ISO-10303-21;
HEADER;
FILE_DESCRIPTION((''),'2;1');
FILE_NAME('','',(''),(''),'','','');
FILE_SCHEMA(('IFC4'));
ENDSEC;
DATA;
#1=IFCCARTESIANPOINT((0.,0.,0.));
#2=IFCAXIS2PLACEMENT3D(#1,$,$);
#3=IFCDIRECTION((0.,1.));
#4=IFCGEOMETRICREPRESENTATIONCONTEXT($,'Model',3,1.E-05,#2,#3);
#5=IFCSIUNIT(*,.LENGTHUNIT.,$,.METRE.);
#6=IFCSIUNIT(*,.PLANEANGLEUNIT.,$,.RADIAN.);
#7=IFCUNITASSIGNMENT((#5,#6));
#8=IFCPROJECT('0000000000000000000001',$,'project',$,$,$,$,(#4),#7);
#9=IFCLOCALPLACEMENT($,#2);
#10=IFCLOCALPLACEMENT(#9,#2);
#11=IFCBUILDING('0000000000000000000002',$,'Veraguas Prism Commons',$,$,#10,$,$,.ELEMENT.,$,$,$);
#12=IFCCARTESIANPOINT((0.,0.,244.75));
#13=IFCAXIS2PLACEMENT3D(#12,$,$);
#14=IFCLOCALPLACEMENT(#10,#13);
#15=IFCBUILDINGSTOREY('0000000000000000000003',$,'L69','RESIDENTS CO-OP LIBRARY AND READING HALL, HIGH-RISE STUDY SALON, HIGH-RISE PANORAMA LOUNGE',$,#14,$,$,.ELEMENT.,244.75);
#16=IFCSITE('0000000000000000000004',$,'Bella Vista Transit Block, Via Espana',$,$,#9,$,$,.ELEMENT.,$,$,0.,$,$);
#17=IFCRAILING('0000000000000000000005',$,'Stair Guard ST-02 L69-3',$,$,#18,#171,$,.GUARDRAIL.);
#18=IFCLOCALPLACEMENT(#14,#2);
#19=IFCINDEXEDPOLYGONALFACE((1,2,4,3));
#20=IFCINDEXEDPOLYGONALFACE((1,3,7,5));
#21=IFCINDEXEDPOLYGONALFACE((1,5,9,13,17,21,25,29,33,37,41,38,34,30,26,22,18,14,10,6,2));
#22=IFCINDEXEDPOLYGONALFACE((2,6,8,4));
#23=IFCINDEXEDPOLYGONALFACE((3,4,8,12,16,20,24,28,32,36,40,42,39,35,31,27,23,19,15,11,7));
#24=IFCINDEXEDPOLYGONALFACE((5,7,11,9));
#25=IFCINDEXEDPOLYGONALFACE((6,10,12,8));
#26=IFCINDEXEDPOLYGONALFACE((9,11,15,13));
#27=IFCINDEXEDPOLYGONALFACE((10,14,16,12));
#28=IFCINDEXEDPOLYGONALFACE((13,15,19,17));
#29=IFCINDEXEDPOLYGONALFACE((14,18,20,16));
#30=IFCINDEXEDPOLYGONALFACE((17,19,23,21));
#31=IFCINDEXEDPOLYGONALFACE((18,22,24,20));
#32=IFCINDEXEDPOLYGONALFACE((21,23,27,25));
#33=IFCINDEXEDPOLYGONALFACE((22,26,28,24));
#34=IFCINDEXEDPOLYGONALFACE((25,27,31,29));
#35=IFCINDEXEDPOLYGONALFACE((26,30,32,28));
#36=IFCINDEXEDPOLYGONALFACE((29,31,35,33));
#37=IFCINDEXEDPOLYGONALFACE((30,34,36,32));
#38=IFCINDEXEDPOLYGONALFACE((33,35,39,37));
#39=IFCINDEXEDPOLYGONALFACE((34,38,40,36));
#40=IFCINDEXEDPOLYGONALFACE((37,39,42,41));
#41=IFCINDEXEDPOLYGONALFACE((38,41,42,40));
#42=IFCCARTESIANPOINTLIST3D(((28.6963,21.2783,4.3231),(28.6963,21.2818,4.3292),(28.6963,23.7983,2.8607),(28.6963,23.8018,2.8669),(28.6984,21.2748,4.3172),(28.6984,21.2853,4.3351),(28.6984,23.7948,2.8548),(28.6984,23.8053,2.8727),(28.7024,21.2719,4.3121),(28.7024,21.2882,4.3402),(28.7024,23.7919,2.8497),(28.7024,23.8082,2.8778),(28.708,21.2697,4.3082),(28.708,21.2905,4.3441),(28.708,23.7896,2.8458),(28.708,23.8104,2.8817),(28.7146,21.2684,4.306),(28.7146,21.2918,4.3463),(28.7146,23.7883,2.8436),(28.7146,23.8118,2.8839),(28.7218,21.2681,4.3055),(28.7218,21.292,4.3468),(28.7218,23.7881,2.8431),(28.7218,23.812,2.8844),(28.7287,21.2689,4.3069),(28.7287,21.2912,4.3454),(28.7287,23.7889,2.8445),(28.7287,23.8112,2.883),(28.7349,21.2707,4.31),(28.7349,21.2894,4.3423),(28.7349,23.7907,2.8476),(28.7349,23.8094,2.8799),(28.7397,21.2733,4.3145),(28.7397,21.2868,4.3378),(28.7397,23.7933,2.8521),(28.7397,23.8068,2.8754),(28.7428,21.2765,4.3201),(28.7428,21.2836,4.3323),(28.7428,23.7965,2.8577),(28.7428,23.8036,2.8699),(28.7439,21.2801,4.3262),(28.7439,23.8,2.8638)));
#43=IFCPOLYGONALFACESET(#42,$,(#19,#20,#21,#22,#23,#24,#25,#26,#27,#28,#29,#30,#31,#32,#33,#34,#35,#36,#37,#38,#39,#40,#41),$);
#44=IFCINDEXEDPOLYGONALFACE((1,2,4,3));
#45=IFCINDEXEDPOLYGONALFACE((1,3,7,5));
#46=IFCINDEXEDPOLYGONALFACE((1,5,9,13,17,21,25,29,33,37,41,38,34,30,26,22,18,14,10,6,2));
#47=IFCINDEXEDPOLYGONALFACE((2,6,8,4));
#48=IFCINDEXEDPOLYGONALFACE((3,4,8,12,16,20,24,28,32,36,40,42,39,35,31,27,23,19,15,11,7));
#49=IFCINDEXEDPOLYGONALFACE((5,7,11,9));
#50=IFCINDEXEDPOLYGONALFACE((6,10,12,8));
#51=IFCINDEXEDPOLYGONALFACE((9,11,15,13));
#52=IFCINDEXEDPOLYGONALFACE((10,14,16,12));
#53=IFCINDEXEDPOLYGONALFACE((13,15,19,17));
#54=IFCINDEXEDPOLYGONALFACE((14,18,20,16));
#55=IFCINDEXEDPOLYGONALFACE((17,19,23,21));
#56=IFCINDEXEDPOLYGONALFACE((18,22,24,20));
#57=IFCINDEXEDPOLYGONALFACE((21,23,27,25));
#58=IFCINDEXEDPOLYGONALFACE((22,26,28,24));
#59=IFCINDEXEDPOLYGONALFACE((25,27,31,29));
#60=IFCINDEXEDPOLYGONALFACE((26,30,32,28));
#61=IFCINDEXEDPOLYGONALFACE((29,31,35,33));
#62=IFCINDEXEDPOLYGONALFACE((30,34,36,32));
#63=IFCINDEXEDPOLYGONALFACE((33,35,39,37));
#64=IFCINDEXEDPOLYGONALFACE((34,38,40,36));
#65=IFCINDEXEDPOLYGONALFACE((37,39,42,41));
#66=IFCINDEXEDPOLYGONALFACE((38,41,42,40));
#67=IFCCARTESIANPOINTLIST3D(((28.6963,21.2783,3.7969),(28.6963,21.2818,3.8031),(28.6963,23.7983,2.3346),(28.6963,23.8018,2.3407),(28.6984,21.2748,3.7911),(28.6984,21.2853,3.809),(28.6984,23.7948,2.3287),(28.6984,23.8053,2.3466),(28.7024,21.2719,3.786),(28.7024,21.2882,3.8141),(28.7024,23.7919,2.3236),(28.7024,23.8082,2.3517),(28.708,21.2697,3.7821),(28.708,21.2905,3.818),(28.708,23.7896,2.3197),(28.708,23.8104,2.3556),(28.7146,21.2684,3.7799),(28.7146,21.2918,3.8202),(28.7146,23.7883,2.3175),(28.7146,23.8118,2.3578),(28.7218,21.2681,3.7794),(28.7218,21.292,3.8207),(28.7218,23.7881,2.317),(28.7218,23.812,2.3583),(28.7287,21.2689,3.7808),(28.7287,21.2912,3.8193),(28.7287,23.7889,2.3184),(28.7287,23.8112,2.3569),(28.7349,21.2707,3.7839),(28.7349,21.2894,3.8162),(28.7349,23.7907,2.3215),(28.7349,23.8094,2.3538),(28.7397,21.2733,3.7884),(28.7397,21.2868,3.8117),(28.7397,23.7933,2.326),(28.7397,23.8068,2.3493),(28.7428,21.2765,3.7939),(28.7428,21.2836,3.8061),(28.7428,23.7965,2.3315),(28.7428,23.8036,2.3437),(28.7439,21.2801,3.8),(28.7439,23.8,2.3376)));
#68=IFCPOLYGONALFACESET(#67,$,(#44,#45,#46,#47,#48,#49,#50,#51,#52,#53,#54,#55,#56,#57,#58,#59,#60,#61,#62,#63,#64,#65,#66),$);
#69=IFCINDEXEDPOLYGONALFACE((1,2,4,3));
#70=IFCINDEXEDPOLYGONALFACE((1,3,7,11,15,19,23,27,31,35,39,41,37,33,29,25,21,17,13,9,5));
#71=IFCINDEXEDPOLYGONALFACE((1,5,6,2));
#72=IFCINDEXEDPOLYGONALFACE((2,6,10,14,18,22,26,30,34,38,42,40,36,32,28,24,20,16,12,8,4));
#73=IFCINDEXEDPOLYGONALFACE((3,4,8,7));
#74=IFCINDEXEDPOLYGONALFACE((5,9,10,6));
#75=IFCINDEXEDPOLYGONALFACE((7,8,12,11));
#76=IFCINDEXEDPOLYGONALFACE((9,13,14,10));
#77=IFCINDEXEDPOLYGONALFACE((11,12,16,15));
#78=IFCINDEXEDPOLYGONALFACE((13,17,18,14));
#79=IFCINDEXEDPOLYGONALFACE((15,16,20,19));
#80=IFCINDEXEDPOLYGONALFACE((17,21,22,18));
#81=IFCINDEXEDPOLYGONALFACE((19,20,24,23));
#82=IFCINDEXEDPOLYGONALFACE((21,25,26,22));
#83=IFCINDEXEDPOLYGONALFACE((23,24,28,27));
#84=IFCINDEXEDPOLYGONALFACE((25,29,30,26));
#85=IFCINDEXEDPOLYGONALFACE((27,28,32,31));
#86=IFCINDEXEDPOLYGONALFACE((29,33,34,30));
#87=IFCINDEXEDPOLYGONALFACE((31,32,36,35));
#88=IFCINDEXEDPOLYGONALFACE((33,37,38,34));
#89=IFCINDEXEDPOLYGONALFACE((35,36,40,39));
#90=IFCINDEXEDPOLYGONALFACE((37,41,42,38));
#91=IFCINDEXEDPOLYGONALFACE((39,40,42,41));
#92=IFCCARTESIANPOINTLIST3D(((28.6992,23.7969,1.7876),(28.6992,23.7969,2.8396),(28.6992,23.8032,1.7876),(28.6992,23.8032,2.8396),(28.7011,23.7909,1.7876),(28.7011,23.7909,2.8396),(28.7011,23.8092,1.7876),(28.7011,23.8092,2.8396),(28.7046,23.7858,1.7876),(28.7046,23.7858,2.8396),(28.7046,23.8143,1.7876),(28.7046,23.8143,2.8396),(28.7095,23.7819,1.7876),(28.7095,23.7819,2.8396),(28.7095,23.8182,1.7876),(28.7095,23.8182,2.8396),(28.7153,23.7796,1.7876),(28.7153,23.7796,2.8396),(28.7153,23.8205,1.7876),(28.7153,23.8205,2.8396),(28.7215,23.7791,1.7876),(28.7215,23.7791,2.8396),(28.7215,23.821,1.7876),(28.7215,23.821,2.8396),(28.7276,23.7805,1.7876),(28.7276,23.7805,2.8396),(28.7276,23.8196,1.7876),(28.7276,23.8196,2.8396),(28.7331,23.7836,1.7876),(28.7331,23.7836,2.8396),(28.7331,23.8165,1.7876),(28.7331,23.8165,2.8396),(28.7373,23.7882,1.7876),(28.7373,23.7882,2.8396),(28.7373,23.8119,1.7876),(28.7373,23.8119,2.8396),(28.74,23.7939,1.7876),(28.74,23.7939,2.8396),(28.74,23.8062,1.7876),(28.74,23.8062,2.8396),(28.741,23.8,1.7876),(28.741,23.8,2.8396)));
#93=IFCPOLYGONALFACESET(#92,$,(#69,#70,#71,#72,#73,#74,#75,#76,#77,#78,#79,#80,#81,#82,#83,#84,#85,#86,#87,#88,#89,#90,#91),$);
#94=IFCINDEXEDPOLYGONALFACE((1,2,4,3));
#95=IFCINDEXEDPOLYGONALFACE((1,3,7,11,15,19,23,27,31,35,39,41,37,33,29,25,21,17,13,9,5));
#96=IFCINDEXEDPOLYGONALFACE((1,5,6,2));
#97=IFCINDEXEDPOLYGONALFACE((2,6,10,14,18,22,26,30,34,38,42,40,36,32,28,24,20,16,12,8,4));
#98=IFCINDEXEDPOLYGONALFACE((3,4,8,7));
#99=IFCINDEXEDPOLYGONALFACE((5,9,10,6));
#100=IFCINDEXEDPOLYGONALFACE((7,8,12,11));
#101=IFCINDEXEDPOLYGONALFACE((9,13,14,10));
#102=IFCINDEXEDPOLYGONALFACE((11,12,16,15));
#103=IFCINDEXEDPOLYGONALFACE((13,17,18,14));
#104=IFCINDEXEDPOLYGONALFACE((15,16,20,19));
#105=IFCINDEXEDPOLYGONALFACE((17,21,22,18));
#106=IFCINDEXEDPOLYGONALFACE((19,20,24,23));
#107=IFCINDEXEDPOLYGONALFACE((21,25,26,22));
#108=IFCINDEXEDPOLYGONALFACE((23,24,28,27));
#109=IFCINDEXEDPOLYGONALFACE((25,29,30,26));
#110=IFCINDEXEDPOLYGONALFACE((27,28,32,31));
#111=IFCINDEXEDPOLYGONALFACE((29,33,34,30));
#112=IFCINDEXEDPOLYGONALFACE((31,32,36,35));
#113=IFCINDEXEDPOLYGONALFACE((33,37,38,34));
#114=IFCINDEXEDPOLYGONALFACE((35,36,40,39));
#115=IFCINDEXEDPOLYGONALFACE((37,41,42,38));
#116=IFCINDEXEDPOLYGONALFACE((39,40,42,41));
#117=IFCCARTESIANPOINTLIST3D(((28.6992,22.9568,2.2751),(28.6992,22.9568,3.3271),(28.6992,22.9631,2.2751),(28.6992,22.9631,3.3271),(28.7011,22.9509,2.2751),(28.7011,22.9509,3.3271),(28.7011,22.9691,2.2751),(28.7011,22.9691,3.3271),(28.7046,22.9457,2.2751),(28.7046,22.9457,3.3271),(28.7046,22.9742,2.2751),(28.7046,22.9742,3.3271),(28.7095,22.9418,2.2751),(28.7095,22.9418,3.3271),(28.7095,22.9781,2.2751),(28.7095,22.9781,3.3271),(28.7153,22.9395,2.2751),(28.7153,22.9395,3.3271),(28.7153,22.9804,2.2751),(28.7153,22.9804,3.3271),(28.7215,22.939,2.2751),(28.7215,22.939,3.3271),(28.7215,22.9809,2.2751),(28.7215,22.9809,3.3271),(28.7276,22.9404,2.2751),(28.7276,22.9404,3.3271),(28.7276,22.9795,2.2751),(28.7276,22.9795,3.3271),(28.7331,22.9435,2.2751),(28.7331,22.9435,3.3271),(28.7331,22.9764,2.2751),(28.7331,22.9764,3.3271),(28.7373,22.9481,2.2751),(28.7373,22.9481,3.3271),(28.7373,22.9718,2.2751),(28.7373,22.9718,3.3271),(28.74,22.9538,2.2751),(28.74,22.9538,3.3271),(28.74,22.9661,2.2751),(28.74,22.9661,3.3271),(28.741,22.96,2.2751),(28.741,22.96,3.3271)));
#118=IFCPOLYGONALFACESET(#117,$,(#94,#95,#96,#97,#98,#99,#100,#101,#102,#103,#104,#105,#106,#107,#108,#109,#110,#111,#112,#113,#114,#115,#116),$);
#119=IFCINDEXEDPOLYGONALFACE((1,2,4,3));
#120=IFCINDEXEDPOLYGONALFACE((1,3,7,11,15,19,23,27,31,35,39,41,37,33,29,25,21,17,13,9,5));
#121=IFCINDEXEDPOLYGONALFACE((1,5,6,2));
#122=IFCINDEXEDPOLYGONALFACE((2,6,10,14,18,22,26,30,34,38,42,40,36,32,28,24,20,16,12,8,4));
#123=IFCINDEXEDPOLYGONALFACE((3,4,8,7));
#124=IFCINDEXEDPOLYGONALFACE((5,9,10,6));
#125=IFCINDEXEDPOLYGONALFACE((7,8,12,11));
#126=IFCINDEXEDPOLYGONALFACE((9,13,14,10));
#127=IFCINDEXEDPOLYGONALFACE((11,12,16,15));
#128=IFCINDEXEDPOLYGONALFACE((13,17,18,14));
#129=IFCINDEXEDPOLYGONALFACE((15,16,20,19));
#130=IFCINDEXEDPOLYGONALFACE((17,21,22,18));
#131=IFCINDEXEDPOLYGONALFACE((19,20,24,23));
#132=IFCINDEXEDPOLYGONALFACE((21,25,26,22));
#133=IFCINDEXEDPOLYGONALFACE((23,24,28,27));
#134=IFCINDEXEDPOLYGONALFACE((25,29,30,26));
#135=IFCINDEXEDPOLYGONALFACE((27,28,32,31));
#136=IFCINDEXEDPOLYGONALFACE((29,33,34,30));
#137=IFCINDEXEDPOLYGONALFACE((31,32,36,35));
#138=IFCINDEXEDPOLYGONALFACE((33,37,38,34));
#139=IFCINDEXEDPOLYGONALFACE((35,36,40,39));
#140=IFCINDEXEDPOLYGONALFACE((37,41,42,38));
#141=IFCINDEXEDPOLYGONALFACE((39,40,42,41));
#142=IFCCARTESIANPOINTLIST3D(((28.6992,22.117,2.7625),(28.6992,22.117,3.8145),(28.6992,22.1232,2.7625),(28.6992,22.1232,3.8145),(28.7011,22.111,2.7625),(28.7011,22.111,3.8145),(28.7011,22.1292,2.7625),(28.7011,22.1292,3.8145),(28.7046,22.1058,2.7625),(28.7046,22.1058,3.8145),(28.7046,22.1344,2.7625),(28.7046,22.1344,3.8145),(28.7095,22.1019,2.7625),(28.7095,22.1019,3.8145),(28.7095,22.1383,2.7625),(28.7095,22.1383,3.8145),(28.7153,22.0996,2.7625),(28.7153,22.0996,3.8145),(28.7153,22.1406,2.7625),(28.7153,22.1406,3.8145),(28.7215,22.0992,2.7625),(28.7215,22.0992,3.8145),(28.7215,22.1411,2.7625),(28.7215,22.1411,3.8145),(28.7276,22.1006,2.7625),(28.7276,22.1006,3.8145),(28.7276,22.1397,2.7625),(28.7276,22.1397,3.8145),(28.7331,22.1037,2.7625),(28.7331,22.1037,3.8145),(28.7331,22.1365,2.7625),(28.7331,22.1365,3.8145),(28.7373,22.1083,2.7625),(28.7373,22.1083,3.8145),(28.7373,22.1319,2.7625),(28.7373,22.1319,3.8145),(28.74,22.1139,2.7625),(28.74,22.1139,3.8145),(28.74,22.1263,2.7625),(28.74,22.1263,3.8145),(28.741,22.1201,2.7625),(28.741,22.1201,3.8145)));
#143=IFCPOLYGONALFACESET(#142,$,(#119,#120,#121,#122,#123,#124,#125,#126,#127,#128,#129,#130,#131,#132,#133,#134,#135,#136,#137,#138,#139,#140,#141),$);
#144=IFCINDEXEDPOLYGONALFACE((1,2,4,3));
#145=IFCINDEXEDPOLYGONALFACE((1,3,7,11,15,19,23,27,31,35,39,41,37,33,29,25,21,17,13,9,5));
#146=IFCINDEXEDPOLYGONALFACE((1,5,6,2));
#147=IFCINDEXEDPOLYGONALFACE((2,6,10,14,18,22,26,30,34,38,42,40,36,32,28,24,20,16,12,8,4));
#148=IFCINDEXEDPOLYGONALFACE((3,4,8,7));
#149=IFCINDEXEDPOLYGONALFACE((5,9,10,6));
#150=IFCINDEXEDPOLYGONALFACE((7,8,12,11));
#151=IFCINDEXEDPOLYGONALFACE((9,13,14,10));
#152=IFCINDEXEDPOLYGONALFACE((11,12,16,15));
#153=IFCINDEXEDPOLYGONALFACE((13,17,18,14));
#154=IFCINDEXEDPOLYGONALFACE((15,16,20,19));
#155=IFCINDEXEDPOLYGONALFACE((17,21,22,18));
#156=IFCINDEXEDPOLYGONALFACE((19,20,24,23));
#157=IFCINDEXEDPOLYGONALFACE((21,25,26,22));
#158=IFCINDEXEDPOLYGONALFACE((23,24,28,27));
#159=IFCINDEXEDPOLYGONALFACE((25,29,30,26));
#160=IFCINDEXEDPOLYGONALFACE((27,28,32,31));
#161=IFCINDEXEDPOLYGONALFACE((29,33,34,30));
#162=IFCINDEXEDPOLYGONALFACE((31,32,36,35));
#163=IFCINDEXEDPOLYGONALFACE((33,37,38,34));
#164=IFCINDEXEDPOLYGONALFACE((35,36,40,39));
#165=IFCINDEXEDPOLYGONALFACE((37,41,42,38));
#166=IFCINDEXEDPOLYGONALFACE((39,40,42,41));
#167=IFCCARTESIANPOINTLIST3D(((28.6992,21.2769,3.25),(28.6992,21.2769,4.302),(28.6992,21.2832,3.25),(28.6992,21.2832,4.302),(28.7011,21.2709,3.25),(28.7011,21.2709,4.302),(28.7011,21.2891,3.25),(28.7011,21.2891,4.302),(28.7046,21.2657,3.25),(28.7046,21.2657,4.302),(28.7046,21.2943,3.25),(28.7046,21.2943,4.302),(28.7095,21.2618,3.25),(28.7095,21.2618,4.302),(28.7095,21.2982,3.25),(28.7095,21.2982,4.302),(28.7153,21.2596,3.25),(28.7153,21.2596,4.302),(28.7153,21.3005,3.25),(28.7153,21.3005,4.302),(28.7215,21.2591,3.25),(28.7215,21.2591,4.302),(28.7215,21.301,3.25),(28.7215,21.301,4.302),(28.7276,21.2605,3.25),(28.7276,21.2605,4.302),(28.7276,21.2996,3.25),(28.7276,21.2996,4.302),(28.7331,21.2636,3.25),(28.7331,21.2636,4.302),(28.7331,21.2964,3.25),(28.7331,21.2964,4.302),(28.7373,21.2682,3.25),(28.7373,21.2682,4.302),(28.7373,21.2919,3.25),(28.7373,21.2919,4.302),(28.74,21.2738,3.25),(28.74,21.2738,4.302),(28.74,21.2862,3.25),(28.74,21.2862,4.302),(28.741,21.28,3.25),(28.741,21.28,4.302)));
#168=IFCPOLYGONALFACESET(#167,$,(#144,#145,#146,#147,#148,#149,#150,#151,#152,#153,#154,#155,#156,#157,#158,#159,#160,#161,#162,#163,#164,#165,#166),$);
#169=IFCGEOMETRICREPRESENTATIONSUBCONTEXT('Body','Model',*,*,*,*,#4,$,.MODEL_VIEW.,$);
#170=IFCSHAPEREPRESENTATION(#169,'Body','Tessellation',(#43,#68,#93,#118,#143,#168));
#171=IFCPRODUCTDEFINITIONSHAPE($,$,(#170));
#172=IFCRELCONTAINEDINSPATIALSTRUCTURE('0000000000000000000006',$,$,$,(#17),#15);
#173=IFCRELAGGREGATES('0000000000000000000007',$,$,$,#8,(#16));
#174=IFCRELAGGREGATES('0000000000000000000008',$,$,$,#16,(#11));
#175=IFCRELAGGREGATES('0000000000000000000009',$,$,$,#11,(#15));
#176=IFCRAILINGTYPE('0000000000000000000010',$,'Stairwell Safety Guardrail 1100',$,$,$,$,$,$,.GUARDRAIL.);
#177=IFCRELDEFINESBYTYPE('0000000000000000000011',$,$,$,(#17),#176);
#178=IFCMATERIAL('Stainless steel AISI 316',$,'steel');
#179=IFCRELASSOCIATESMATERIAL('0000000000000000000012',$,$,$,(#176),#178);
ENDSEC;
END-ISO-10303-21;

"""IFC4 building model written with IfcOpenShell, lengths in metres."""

from ifc_helpers import new_model, si_unit, direction, frame, origin, origin_2d, place, context, subcontext, project, spatial, circle, extrude, material, type_object, element, save


model = new_model("IFC4")

# Units and contexts
model_context = context("Model", 3, precision=1e-05, world=origin(), true_north=direction((0.0, 1.0)))
body_context = subcontext(model_context, "Body", "Model", "MODEL_VIEW")
ifc_project = project(units=[si_unit("LENGTHUNIT", "METRE"), si_unit("PLANEANGLEUNIT", "RADIAN")], contexts=[model_context])

# Site, building, storey
site_placement = place(None, origin())
site = spatial("IfcSite", under=ifc_project, at=site_placement, Name="Bella Vista Transit Block, Via Espana", CompositionType="ELEMENT", RefElevation=0.0)
building_placement = place(site_placement, origin())
building = spatial("IfcBuilding", under=site, at=building_placement, Name="Veraguas Prism Commons", CompositionType="ELEMENT")
storey_placement = place(building_placement, frame((0.0, 0.0, 244.75)))
storey = spatial("IfcBuildingStorey", under=building, at=storey_placement, Name="L69", Description="RESIDENTS CO-OP LIBRARY AND READING HALL, HIGH-RISE STUDY SALON, HIGH-RISE PANORAMA LOUNGE", CompositionType="ELEMENT", Elevation=244.75)

# Railing
ifc_material_1 = material(Name="Stainless steel AISI 316", Category="steel")
railing_type_1 = type_object("IfcRailingType", Name="Stairwell Safety Guardrail 1100", PredefinedType="GUARDRAIL", material=ifc_material_1)
railing_1_placement = place(storey_placement, frame((28.72, 23.8, 1.7876)))
element("IfcRailing", 1, at=railing_1_placement, inside=storey, type_object=railing_type_1, Name="Stair Guard ST-02 L69-3", PredefinedType="GUARDRAIL", context=body_context, shape_type="SweptSolid", body=[
    extrude(circle(Radius=0.0239, at=origin_2d()), frame((0.0, 0.0, 1.0762), z_axis=(0.0, -0.864913, 0.501921), x_axis=(1.0, 0.0, 0.0)), (0.0, 0.0, 1.0), 2.9136),
    extrude(circle(Radius=0.0239, at=origin_2d()), frame((0.0, 0.0, 0.55), z_axis=(0.0, -0.864913, 0.501921), x_axis=(1.0, 0.0, 0.0)), (0.0, 0.0, 1.0), 2.9136),
    extrude(circle(Radius=0.021, at=origin_2d()), origin(), (0.0, 0.0, 1.0), 1.052),
    extrude(circle(Radius=0.021, at=origin_2d()), frame((0.0, -0.8401, 0.4875)), (0.0, 0.0, 1.0), 1.052),
    extrude(circle(Radius=0.021, at=origin_2d()), frame((0.0, -1.6799, 0.9749)), (0.0, 0.0, 1.0), 1.052),
    extrude(circle(Radius=0.021, at=origin_2d()), frame((0.0, -2.52, 1.4624)), (0.0, 0.0, 1.0), 1.052),
])

save(model, "model.ifc")
